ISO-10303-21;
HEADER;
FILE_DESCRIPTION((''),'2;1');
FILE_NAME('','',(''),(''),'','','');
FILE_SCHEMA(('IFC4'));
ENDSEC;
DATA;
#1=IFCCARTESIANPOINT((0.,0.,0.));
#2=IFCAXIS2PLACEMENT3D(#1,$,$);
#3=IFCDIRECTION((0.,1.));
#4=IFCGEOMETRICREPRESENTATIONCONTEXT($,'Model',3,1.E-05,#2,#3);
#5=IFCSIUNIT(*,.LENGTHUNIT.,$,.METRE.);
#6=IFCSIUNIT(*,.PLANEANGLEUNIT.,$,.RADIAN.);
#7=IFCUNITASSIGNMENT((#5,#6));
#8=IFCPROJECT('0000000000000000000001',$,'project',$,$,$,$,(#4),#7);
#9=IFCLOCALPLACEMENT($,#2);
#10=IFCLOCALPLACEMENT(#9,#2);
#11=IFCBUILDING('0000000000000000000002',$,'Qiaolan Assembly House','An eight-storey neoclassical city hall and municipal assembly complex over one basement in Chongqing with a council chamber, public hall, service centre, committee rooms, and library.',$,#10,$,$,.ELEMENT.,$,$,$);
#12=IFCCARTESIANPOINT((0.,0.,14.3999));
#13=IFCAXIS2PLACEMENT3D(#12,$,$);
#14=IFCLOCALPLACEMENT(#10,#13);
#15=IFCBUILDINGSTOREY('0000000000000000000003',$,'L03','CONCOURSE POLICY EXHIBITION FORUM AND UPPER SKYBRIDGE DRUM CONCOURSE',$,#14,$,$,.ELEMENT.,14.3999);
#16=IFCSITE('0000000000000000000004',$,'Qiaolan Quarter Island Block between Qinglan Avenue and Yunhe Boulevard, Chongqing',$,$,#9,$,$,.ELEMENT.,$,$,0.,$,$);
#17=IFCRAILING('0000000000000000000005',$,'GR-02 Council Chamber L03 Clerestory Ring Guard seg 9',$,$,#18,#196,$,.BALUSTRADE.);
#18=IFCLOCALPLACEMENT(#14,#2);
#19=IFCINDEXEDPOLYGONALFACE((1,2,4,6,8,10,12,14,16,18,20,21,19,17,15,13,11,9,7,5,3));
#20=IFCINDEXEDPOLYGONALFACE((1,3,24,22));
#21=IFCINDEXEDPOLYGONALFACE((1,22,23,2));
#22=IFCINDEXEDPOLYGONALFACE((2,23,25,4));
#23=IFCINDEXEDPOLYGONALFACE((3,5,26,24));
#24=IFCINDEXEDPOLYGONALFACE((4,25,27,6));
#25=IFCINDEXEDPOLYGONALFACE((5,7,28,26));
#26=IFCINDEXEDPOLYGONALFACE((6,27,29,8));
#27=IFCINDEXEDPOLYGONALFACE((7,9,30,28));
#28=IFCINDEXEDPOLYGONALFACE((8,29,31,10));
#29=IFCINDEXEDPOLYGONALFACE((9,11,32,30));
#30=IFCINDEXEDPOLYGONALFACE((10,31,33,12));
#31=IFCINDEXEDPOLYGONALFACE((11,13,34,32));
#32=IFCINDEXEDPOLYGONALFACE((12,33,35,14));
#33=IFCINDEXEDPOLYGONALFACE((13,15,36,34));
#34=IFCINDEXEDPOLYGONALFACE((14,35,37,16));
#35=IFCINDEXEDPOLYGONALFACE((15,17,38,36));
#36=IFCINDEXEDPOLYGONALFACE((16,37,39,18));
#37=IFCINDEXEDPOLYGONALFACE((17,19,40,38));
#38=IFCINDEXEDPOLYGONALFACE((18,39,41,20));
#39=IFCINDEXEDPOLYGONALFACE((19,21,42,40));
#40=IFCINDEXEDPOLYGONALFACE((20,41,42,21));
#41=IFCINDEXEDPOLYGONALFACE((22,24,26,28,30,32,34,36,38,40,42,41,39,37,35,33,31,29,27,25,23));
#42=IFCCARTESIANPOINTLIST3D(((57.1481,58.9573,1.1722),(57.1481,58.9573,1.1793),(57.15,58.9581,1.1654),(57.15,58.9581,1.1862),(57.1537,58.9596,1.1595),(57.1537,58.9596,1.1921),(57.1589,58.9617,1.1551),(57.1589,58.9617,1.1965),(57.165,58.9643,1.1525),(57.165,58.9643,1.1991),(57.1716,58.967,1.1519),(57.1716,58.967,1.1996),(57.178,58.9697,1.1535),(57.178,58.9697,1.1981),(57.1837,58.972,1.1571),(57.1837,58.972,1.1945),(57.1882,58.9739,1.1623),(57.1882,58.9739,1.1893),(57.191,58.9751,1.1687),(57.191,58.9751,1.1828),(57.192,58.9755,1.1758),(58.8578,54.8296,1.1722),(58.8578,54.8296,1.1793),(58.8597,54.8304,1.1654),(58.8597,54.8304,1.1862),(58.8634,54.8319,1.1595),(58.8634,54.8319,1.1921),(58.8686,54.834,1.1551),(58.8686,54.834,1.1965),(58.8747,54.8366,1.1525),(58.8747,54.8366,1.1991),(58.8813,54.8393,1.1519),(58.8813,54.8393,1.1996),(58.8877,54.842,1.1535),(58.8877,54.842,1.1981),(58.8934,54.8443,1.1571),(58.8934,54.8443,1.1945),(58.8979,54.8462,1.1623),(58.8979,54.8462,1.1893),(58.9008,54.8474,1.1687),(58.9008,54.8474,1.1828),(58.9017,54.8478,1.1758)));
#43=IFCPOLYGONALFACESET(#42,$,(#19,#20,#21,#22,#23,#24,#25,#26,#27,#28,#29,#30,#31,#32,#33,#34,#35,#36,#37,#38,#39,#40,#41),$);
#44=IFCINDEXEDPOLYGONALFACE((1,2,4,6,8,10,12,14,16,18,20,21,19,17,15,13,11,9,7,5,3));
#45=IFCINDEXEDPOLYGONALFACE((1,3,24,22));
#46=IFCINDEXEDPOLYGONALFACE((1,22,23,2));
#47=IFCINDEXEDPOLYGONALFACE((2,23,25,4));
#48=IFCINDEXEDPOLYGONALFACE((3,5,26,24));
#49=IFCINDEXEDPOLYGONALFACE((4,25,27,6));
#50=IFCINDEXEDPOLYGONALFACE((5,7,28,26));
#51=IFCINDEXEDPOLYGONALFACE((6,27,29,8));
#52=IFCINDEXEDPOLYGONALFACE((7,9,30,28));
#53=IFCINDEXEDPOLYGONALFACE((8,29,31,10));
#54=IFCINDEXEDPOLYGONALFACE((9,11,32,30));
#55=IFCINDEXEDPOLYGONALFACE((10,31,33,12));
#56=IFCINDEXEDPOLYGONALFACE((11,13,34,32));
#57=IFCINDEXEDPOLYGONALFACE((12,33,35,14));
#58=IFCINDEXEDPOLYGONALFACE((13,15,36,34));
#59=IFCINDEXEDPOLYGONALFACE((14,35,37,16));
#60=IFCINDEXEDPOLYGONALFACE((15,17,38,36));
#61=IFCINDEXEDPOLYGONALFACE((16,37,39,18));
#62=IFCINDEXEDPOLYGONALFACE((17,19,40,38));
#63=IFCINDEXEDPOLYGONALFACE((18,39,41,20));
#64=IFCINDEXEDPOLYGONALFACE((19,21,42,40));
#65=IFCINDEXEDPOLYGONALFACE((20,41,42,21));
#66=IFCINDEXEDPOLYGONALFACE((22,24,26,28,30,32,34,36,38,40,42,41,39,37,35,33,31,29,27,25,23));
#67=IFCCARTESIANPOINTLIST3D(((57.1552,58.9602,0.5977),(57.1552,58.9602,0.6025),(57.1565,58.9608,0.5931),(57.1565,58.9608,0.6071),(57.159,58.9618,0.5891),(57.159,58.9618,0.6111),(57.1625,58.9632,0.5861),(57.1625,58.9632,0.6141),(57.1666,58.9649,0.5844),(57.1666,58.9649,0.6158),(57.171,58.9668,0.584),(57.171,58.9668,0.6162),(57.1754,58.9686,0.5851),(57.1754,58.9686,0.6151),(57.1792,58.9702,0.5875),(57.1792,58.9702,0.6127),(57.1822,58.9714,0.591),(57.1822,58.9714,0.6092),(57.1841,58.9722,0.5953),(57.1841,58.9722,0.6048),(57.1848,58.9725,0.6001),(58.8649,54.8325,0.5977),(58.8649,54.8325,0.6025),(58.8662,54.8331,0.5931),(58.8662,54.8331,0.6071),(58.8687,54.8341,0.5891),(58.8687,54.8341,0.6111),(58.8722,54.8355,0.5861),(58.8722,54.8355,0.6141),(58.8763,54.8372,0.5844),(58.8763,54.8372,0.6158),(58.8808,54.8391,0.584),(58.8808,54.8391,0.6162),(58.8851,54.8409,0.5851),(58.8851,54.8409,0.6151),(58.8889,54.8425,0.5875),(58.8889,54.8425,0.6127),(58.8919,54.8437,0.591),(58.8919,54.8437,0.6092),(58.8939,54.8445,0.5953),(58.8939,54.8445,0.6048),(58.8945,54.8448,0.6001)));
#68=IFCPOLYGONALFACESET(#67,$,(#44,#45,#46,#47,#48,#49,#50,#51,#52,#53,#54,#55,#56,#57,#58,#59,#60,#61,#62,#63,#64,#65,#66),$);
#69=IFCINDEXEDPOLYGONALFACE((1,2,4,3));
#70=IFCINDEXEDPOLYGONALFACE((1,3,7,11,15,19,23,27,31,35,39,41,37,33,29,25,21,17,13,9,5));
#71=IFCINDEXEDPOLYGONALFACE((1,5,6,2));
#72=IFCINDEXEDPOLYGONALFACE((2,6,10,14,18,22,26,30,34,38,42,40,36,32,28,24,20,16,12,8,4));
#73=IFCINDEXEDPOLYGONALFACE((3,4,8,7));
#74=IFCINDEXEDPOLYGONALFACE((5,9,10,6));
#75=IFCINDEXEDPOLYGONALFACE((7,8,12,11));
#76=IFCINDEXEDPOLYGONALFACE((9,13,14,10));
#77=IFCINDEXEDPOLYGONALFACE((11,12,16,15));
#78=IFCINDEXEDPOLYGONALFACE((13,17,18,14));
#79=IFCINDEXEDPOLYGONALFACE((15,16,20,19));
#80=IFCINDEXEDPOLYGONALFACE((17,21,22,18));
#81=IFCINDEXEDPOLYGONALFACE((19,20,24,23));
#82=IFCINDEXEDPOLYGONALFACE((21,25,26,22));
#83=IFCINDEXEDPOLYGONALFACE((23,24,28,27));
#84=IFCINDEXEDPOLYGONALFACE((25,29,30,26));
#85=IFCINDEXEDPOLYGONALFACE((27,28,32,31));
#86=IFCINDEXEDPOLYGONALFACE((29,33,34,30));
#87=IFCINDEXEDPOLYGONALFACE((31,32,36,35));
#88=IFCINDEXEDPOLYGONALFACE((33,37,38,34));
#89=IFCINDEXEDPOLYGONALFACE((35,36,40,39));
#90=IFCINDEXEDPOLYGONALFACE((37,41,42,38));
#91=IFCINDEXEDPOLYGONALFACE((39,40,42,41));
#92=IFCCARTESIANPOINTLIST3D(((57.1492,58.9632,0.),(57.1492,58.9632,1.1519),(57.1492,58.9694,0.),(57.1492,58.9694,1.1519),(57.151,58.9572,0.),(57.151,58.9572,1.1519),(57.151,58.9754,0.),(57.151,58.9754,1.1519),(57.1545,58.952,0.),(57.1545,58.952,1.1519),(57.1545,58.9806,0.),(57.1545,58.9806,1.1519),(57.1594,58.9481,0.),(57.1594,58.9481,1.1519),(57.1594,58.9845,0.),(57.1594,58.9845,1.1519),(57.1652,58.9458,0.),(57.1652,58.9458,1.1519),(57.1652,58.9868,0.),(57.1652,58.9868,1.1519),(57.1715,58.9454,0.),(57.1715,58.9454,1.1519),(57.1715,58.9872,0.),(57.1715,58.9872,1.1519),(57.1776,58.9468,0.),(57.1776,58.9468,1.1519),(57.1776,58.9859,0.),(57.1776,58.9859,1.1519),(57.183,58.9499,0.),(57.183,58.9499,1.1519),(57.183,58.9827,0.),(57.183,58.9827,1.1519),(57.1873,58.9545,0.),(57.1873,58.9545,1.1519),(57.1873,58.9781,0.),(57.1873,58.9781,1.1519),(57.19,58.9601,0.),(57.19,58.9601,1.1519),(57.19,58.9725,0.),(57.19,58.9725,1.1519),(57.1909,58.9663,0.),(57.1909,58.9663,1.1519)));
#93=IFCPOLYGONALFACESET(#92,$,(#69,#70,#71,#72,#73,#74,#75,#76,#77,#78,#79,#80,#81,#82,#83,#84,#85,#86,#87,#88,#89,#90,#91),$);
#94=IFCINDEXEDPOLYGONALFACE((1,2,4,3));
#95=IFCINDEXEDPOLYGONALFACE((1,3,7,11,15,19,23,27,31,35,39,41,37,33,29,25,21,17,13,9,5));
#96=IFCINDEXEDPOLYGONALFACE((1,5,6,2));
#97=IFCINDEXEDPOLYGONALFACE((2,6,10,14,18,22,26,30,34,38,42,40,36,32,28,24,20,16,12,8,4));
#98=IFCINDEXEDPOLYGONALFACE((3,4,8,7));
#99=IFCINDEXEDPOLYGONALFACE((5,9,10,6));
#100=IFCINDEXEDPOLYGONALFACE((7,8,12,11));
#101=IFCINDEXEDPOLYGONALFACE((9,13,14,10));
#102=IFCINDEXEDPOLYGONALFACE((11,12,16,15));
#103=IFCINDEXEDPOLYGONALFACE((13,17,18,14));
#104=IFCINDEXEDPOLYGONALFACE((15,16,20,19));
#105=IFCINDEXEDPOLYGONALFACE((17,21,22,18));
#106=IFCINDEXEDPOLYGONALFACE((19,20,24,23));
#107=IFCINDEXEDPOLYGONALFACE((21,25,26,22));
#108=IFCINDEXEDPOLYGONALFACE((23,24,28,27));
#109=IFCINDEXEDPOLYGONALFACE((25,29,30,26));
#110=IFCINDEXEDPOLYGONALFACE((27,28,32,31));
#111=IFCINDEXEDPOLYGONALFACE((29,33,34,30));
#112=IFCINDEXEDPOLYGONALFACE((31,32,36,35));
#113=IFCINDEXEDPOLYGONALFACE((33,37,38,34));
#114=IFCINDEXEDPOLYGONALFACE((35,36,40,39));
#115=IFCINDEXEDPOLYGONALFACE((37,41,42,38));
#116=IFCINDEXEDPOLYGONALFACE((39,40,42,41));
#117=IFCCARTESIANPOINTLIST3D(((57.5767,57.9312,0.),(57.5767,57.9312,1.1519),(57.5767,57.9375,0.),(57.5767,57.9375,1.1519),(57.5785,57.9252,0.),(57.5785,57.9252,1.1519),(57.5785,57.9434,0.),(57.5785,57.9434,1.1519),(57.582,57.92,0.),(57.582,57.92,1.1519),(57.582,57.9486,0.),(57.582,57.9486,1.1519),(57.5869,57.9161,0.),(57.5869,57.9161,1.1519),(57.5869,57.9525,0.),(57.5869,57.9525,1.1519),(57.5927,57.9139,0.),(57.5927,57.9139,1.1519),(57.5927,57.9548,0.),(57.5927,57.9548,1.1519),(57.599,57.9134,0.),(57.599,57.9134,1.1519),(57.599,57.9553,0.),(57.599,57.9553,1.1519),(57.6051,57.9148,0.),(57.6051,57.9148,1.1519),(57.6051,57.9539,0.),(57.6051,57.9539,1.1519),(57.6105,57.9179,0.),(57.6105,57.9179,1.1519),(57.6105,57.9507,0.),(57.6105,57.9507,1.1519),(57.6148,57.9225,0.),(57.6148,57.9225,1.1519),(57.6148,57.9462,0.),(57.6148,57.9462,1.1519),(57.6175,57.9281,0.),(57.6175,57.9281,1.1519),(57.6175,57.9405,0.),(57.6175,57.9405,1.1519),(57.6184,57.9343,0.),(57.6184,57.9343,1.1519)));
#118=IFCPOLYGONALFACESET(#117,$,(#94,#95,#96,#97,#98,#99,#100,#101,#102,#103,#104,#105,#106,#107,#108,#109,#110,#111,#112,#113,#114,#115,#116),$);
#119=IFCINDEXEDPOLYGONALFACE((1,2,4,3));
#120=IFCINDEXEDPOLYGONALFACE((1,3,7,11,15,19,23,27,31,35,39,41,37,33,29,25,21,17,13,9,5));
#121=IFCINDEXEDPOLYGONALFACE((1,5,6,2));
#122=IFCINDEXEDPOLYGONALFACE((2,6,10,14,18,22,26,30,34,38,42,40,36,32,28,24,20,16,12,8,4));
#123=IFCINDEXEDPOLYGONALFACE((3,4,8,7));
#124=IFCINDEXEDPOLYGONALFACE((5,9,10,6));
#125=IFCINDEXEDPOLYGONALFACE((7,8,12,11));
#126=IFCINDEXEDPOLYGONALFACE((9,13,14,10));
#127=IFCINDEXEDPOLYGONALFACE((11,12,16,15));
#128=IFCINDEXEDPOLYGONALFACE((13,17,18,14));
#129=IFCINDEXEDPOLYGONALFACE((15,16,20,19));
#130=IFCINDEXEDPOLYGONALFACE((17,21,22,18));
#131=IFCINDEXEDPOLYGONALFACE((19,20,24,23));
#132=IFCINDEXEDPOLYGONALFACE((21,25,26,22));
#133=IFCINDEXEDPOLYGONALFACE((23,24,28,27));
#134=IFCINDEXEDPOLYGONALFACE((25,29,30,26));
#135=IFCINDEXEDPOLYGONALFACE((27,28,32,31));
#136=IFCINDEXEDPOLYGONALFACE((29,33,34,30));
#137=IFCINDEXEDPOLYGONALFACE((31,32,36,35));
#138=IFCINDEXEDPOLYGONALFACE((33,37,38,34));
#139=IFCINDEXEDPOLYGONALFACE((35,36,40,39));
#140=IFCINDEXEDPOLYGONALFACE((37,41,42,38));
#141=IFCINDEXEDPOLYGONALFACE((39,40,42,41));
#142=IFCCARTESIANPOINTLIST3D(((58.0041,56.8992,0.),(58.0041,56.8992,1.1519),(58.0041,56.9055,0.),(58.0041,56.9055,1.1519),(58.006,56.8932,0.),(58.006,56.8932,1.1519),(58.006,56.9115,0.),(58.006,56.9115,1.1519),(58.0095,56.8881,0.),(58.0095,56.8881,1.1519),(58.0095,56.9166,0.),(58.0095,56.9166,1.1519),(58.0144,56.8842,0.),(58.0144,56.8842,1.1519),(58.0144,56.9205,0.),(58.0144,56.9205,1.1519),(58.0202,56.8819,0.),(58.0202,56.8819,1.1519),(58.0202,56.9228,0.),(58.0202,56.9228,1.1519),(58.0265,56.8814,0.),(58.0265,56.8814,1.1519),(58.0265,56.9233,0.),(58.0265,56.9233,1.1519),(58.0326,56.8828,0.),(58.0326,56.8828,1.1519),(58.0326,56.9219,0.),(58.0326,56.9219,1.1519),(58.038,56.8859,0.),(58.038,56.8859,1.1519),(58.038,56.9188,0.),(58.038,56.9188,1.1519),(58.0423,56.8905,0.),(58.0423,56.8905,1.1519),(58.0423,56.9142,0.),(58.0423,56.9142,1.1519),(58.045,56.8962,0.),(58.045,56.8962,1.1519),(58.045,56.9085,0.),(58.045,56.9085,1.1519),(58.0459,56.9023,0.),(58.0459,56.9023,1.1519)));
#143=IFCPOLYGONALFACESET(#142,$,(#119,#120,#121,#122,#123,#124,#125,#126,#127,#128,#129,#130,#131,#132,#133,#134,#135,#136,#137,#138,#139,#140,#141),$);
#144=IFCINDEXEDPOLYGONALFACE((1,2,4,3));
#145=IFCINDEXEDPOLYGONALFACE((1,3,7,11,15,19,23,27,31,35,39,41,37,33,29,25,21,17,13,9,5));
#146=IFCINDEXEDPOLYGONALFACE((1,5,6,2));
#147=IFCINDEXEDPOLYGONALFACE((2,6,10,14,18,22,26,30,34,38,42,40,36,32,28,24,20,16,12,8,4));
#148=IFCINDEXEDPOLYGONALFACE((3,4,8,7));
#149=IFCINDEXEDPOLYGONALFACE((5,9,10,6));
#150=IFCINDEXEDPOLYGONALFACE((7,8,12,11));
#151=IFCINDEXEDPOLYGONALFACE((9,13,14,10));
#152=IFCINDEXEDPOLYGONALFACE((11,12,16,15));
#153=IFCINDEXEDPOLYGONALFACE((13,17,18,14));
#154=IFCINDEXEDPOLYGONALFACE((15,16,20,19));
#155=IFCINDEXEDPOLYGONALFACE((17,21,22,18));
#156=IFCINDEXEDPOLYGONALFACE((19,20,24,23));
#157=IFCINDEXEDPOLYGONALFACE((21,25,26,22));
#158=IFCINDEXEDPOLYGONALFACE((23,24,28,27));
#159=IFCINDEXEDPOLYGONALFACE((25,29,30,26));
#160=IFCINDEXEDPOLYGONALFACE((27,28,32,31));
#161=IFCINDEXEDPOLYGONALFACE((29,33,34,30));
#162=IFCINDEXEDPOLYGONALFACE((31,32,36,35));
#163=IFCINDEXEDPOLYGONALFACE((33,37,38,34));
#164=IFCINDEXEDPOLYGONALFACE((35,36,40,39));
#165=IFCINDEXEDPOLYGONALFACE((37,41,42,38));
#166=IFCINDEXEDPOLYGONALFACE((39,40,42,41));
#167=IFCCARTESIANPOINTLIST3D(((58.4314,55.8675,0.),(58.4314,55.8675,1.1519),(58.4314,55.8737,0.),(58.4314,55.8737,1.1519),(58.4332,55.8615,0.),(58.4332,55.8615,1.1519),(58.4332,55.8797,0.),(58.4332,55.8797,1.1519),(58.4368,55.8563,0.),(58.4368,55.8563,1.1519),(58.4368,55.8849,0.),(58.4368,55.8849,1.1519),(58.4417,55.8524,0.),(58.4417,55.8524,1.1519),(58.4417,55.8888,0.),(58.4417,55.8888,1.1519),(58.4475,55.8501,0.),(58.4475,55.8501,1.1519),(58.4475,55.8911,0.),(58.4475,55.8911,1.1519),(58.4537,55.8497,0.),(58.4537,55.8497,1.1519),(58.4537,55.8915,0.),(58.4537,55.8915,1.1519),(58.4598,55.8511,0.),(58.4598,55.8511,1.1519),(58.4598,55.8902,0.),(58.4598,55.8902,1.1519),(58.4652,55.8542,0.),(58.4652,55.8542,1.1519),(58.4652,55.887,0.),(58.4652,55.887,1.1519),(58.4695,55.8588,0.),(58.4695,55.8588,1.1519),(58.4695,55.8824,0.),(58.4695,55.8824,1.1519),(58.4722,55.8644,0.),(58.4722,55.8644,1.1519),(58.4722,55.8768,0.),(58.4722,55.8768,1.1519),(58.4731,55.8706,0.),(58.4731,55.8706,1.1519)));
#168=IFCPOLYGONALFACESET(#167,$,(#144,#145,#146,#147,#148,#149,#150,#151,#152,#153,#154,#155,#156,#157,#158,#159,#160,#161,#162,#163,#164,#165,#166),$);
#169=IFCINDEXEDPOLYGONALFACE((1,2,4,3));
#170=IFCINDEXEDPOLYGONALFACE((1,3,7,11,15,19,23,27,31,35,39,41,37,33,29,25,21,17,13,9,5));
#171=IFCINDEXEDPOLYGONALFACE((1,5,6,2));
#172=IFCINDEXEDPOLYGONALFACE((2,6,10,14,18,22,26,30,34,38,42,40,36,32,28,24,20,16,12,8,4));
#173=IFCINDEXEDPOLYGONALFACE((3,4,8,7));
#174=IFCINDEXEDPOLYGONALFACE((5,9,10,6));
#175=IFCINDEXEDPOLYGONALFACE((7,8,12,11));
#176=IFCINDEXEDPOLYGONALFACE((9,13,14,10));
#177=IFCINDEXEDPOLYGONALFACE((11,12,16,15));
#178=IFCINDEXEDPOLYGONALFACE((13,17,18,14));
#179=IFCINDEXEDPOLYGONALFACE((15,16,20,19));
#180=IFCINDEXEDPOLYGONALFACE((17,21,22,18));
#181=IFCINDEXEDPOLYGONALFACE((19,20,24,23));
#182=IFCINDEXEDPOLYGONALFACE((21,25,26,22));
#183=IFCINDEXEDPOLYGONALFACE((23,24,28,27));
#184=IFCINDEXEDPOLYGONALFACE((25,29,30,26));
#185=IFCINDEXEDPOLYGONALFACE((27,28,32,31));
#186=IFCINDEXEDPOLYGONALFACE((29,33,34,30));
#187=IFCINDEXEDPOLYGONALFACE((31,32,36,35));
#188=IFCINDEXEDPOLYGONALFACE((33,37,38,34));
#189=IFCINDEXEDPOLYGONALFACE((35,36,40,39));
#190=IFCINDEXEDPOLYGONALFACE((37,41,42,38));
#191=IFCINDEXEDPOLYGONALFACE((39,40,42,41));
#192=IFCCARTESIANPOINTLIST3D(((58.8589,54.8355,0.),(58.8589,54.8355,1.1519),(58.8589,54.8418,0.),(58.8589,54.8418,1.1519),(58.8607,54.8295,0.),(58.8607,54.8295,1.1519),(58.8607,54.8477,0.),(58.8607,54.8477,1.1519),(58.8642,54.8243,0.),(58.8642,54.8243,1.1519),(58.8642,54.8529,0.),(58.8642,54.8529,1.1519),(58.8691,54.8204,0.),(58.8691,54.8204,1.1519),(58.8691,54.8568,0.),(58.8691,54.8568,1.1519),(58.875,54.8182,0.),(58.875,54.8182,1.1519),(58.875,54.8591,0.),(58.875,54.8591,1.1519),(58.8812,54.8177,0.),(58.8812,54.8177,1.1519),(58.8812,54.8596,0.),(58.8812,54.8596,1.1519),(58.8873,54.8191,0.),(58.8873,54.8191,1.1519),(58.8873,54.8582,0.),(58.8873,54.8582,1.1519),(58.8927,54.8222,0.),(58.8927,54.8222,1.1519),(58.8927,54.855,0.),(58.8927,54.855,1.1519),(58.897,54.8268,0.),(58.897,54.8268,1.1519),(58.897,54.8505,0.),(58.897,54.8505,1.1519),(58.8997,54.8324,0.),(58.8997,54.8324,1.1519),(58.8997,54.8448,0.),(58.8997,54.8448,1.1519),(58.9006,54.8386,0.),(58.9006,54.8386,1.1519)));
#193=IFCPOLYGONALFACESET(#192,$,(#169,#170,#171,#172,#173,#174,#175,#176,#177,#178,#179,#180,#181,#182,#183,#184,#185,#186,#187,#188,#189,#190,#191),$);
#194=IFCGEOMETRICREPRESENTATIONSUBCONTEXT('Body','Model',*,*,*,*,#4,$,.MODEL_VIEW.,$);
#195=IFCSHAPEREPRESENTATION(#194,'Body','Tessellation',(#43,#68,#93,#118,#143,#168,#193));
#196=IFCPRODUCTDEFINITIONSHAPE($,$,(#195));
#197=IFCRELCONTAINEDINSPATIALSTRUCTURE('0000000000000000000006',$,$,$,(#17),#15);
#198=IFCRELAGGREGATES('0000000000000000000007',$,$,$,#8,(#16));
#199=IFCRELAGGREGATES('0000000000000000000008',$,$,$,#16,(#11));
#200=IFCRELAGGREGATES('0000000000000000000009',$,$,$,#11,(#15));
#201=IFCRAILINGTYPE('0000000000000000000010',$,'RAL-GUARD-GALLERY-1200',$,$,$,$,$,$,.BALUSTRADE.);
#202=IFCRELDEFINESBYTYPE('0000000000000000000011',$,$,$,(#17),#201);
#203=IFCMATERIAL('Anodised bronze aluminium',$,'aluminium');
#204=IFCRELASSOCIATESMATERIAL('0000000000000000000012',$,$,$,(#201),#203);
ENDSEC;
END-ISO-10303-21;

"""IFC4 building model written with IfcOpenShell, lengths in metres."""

from ifc_helpers import new_model, si_unit, direction, frame, origin, origin_2d, place, context, subcontext, project, spatial, circle, extrude, material, type_object, element, save


model = new_model("IFC4")

# Units and contexts
model_context = context("Model", 3, precision=1e-05, world=origin(), true_north=direction((0.0, 1.0)))
body_context = subcontext(model_context, "Body", "Model", "MODEL_VIEW")
ifc_project = project(units=[si_unit("LENGTHUNIT", "METRE"), si_unit("PLANEANGLEUNIT", "RADIAN")], contexts=[model_context])

# Site, building, storey
site_placement = place(None, origin())
site = spatial("IfcSite", under=ifc_project, at=site_placement, Name="Qiaolan Quarter Island Block between Qinglan Avenue and Yunhe Boulevard, Chongqing", CompositionType="ELEMENT", RefElevation=0.0)
building_placement = place(site_placement, origin())
building = spatial("IfcBuilding", under=site, at=building_placement, Name="Qiaolan Assembly House", Description="An eight-storey neoclassical city hall and municipal assembly complex over one basement in Chongqing with a council chamber, public hall, service centre, committee rooms, and library.", CompositionType="ELEMENT")
storey_placement = place(building_placement, frame((0.0, 0.0, 14.3999)))
storey = spatial("IfcBuildingStorey", under=building, at=storey_placement, Name="L03", Description="CONCOURSE POLICY EXHIBITION FORUM AND UPPER SKYBRIDGE DRUM CONCOURSE", CompositionType="ELEMENT", Elevation=14.3999)

# Shared definitions
ifc_material_1 = material(Name="Anodised bronze aluminium", Category="aluminium")

# Railing
railing_type = type_object("IfcRailingType", Name="RAL-GUARD-GALLERY-1200", PredefinedType="BALUSTRADE", material=ifc_material_1)
railing_1_placement = place(storey_placement, frame((57.1699, 58.9663, 0.0)))
element("IfcRailing", 1, at=railing_1_placement, inside=storey, type_object=railing_type, Name="GR-02 Council Chamber L03 Clerestory Ring Guard seg 9", PredefinedType="BALUSTRADE", context=body_context, shape_type="SweptSolid", body=[
    extrude(circle(Radius=0.0239, at=origin_2d()), frame((0.0, 0.0, 1.1758), z_axis=(0.382678, -0.923882, 0.0), x_axis=(0.923882, 0.382678, 0.0)), (0.0, 0.0, 1.0), 4.4678),
    extrude(circle(Radius=0.0161, at=origin_2d()), frame((0.0, 0.0, 0.6001), z_axis=(0.382678, -0.923882, 0.0), x_axis=(0.923882, 0.382678, 0.0)), (0.0, 0.0, 1.0), 4.4678),
    extrude(circle(Radius=0.021, at=origin_2d()), origin(), (0.0, 0.0, 1.0), 1.1519),
    extrude(circle(Radius=0.021, at=origin_2d()), frame((0.4275, -1.032, 0.0)), (0.0, 0.0, 1.0), 1.1519),
    extrude(circle(Radius=0.021, at=origin_2d()), frame((0.855, -2.064, 0.0)), (0.0, 0.0, 1.0), 1.1519),
    extrude(circle(Radius=0.021, at=origin_2d()), frame((1.2822, -3.0957, 0.0)), (0.0, 0.0, 1.0), 1.1519),
    extrude(circle(Radius=0.021, at=origin_2d()), frame((1.7097, -4.1277, 0.0)), (0.0, 0.0, 1.0), 1.1519),
])

save(model, "model.ifc")
